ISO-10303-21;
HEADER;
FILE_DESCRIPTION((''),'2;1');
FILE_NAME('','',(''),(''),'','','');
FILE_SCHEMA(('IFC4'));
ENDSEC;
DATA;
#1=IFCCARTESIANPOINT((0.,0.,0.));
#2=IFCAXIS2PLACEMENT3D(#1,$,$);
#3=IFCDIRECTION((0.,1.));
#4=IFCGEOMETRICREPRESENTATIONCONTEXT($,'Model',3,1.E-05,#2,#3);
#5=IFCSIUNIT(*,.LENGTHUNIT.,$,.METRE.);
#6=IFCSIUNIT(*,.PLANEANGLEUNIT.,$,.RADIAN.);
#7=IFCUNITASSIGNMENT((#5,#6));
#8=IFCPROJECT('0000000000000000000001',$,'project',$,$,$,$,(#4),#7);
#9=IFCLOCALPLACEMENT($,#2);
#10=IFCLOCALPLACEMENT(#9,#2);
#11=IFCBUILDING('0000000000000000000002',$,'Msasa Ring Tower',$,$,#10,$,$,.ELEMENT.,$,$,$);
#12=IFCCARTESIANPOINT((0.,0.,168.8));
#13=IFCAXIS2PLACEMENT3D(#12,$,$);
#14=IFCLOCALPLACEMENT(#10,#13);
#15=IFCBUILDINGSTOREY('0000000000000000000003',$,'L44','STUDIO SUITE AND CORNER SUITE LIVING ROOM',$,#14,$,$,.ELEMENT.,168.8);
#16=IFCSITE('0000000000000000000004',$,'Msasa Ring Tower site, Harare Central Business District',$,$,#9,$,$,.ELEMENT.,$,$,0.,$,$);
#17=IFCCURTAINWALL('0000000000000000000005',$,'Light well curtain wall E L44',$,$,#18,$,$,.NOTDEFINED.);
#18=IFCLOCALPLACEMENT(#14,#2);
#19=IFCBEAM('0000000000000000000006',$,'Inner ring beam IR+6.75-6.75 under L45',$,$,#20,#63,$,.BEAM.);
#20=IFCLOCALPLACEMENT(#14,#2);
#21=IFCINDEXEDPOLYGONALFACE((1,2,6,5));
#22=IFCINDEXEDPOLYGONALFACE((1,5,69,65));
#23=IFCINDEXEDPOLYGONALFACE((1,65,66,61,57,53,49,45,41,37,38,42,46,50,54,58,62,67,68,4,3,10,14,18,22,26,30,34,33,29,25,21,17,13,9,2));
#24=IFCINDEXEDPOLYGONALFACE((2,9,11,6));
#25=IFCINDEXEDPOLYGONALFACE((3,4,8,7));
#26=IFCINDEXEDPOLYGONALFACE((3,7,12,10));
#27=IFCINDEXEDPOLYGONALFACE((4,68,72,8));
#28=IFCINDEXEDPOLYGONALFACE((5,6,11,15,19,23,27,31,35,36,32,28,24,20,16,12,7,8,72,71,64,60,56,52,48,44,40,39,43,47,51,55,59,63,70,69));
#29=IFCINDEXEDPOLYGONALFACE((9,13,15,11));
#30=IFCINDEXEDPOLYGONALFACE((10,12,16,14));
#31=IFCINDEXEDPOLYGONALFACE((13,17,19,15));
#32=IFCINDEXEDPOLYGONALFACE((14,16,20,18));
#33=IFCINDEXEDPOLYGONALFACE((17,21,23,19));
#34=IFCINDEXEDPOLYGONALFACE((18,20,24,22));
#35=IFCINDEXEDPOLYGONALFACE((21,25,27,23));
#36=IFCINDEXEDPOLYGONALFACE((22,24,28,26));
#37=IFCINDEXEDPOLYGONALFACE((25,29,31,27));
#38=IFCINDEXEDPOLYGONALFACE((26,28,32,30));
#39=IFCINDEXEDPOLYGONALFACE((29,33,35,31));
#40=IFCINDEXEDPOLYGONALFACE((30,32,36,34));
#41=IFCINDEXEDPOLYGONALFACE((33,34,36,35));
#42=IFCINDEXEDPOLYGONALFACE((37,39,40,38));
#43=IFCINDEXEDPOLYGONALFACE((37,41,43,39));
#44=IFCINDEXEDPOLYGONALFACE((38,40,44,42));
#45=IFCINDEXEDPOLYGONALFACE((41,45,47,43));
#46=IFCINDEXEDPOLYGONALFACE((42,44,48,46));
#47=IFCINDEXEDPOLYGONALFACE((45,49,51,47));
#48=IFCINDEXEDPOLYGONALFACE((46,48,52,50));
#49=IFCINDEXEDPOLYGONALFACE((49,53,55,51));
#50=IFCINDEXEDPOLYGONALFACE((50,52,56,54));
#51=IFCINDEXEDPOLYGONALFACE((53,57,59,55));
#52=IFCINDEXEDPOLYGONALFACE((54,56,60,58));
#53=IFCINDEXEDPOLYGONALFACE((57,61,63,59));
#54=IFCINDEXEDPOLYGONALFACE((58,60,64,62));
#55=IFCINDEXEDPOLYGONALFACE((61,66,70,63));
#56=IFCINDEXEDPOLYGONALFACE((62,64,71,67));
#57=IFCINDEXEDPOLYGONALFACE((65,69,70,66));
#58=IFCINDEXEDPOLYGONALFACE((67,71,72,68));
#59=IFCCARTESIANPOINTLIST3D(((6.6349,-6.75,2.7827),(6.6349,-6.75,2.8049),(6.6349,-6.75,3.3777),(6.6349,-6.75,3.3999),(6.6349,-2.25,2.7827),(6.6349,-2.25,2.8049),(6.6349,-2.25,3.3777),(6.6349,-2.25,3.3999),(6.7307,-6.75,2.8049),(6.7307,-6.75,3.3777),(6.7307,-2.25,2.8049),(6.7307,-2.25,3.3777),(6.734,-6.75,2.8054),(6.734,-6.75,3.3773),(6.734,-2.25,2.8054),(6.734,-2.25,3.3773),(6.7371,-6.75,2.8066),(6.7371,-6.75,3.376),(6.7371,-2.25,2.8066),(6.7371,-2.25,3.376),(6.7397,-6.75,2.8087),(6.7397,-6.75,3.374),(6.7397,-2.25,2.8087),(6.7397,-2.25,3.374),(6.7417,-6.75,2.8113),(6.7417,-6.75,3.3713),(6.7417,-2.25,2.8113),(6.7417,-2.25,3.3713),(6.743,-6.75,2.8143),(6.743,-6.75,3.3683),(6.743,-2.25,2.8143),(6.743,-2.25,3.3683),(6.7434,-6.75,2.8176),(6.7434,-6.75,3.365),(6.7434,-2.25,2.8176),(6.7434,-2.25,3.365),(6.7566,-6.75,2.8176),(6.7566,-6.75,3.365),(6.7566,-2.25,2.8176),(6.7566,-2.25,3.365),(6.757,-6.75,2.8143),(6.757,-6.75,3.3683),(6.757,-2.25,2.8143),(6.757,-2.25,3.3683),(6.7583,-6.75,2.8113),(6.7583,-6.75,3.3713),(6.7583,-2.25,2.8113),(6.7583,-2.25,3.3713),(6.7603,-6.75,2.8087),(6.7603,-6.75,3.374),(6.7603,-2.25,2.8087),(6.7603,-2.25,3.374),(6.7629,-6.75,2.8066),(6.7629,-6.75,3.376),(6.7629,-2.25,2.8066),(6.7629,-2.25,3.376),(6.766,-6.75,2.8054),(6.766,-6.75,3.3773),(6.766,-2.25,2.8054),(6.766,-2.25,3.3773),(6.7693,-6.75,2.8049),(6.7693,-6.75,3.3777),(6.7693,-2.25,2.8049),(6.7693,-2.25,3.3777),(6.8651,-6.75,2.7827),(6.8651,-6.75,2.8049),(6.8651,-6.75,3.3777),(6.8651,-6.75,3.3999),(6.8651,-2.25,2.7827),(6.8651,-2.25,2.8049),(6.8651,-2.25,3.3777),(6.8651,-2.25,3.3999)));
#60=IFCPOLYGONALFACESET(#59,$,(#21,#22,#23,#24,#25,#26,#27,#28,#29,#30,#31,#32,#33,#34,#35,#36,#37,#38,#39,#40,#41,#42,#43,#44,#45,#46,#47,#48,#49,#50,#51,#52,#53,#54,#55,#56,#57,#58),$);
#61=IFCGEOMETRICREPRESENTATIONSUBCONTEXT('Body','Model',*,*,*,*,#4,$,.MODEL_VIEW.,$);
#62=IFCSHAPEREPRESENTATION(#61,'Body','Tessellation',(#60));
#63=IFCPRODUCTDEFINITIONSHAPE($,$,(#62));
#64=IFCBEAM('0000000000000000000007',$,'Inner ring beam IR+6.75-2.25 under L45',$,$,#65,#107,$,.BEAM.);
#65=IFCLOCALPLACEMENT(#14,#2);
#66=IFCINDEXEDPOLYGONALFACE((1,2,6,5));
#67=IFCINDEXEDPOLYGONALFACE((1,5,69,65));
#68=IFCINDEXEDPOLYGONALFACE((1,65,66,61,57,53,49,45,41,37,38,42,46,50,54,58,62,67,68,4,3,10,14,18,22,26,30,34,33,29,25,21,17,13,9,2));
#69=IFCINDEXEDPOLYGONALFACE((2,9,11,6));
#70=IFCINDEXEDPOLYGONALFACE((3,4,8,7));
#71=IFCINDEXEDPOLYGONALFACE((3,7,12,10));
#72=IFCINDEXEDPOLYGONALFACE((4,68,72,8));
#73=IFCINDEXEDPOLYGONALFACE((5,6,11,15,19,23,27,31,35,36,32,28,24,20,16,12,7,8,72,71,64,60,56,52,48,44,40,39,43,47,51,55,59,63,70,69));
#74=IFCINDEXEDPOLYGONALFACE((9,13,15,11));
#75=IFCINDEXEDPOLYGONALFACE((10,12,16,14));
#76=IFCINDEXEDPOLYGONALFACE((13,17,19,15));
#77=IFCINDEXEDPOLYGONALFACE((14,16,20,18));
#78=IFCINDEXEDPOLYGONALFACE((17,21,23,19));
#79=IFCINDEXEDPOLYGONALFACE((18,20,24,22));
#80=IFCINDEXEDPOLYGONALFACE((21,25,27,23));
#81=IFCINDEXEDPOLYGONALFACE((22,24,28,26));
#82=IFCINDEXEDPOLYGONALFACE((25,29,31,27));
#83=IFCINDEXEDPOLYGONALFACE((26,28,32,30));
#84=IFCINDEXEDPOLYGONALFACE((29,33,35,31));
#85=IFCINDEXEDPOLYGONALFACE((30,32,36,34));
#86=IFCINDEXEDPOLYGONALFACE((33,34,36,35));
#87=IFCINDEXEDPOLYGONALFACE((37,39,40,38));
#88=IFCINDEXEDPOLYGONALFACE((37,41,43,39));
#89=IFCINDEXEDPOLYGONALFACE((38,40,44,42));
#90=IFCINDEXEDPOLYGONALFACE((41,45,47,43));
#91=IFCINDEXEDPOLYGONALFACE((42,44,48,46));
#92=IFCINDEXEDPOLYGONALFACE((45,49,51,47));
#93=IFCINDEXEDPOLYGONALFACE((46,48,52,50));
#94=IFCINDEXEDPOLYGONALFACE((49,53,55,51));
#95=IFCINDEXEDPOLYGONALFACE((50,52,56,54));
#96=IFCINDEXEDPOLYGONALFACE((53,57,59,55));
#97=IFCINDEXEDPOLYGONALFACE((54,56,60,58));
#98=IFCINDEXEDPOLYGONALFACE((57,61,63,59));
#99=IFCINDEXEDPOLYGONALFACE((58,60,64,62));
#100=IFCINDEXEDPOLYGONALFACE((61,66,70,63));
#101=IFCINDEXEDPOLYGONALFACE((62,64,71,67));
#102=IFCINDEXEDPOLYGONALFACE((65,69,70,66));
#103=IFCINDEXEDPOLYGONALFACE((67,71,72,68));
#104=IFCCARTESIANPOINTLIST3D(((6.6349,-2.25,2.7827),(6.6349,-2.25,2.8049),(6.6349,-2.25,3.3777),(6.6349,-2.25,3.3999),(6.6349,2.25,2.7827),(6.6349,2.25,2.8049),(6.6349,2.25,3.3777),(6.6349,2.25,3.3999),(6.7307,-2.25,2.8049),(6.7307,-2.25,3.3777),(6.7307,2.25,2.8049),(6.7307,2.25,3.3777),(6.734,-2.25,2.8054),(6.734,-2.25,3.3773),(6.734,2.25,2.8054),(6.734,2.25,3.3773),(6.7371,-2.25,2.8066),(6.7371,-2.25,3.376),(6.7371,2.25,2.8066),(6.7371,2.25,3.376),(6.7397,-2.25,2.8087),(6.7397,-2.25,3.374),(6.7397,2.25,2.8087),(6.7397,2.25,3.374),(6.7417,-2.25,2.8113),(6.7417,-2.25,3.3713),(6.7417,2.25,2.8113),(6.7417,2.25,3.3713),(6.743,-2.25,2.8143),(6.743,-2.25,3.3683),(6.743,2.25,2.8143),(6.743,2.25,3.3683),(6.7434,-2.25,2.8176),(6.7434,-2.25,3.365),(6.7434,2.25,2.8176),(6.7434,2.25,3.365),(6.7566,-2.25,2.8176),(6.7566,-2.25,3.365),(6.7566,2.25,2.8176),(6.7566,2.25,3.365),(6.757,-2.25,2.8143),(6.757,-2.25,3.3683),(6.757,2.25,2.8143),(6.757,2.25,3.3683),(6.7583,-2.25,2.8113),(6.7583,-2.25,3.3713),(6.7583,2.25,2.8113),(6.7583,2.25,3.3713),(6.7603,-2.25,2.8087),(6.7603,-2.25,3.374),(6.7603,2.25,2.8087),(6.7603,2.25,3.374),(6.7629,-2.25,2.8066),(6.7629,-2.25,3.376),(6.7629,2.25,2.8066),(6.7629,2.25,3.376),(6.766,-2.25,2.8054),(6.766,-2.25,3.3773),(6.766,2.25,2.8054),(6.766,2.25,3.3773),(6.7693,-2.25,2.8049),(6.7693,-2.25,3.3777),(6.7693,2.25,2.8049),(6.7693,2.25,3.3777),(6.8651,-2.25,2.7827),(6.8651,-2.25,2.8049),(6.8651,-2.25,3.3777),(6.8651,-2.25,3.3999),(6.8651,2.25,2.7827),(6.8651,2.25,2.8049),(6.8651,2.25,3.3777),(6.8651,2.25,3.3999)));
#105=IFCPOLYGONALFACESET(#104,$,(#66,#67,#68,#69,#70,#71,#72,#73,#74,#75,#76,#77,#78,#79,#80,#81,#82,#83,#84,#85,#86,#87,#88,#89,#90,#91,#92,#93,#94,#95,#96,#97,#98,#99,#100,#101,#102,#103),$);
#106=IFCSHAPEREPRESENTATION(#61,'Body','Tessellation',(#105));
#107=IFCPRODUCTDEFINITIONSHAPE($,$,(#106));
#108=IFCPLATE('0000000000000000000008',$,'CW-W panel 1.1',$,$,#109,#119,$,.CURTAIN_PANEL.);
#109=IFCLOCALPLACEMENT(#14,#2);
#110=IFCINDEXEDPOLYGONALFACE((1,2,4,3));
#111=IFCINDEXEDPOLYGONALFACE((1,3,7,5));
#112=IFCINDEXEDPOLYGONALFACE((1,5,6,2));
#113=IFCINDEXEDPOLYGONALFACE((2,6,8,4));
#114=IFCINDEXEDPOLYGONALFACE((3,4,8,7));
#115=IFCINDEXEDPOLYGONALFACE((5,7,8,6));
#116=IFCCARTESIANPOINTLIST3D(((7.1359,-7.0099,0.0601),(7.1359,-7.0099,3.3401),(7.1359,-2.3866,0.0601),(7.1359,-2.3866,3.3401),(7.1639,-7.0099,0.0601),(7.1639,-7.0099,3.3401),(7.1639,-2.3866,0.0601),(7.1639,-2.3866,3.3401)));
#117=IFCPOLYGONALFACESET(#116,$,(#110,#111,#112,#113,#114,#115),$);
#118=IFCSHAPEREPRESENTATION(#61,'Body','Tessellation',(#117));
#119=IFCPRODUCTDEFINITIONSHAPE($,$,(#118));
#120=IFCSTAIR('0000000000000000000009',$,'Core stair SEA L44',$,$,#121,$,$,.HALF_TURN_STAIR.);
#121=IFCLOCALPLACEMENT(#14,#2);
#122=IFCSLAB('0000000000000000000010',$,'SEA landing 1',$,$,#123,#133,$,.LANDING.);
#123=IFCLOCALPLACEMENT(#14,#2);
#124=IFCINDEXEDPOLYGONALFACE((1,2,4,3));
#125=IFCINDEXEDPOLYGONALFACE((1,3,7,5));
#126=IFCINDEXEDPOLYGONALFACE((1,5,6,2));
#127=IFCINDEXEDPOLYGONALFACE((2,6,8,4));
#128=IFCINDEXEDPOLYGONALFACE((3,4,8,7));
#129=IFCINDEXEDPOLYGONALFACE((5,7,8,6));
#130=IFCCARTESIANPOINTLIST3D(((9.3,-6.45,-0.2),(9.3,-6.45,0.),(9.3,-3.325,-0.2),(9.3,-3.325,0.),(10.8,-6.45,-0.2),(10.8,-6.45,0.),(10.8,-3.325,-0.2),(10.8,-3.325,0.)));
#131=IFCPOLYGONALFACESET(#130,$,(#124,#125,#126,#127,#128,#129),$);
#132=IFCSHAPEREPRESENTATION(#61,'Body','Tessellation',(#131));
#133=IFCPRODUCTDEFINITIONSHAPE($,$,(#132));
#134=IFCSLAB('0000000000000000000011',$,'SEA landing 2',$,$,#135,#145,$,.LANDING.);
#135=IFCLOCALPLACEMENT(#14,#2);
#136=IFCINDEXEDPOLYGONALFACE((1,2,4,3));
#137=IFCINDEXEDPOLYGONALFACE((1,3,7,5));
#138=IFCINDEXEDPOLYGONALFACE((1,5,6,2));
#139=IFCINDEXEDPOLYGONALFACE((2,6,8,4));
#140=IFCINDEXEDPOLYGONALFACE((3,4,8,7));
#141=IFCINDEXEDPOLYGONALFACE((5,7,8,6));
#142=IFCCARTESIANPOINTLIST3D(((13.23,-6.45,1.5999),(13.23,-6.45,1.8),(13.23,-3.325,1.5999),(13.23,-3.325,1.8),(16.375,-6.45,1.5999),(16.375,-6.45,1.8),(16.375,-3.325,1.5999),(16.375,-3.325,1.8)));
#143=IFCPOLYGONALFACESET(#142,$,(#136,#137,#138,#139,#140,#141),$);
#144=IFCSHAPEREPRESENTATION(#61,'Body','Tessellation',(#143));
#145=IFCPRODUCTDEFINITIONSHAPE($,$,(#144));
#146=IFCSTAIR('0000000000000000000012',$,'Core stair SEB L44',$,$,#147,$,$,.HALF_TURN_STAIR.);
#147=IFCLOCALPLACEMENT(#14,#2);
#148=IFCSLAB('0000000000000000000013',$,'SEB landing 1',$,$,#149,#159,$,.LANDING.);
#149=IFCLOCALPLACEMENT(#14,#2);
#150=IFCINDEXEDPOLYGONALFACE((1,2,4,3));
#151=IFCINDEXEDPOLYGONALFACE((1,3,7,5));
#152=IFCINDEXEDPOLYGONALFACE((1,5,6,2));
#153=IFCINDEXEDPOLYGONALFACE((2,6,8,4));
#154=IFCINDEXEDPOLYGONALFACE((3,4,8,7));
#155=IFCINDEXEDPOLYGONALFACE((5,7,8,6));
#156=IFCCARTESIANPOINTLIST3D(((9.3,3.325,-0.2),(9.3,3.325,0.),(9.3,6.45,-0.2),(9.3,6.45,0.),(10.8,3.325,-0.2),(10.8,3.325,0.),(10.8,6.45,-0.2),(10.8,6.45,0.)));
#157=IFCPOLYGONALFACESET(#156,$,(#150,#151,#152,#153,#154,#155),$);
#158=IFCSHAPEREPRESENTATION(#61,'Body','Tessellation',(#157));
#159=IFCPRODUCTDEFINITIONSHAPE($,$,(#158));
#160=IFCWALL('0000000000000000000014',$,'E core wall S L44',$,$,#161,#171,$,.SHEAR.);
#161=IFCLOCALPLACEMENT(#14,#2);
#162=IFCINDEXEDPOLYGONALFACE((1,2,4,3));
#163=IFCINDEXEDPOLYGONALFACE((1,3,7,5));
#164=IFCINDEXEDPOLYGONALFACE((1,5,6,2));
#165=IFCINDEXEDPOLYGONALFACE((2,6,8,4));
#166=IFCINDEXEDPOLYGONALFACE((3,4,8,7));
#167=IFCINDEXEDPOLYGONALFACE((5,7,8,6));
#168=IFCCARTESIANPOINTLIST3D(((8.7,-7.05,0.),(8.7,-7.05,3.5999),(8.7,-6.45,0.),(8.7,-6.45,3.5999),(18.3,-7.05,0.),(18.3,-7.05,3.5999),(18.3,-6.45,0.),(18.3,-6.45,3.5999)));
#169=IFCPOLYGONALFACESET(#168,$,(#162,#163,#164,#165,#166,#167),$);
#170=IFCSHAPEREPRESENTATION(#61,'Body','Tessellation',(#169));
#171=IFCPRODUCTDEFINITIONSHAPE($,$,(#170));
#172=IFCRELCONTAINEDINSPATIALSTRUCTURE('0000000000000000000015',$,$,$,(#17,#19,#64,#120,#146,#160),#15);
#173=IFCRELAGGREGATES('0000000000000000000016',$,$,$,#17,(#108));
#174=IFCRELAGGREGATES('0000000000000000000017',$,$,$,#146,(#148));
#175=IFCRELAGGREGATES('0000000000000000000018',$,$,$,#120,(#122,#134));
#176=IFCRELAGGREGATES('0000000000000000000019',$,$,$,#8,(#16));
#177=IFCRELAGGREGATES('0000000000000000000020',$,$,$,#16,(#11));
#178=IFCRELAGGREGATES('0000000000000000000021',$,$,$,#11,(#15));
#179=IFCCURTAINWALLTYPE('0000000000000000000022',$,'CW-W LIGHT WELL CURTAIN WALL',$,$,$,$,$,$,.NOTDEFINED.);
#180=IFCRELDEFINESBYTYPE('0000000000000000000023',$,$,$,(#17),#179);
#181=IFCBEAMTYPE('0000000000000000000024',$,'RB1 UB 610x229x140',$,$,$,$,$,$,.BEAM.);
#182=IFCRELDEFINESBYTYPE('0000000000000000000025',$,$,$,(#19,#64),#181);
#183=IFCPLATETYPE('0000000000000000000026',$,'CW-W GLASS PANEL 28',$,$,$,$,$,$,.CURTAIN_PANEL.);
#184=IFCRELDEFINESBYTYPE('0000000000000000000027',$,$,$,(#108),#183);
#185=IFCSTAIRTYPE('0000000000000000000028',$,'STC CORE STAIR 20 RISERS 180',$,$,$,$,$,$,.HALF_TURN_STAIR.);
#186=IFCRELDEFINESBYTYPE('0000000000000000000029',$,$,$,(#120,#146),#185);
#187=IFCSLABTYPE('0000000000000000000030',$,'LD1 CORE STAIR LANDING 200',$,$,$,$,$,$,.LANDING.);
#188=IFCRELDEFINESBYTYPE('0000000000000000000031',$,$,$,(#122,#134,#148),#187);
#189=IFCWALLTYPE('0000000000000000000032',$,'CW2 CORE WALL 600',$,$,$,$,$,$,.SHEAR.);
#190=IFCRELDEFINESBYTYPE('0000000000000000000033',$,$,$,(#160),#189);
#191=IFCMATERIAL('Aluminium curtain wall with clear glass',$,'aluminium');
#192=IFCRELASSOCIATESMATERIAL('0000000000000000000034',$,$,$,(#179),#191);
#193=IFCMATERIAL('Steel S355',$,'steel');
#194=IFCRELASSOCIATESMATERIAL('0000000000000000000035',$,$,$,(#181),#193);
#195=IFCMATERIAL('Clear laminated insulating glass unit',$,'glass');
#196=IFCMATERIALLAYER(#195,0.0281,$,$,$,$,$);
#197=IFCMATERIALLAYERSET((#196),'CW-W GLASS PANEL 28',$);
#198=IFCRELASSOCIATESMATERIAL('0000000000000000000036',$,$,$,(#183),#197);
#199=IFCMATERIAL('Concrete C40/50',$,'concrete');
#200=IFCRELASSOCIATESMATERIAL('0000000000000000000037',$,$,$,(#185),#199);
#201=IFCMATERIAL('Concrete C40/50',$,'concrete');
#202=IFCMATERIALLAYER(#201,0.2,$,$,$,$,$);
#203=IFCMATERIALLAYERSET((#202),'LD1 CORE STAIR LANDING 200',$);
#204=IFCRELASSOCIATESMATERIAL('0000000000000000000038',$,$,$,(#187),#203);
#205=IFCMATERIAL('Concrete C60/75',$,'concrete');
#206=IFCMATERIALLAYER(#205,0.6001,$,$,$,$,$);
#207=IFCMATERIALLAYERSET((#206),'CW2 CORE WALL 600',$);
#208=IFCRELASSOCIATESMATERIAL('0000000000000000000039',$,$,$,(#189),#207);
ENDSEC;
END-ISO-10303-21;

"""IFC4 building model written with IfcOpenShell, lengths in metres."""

from ifc_helpers import new_model, si_unit, direction, frame, frame_2d, origin, origin_2d, place, context, subcontext, project, spatial, polyline, rectangle, i_section, outline, extrude, material, layer, layer_set, material_profile, profile_set, type_object, element, aggregate, save


model = new_model("IFC4")

# Units and contexts
model_context = context("Model", 3, precision=1e-05, world=origin(), true_north=direction((0.0, 1.0)))
body_context = subcontext(model_context, "Body", "Model", "MODEL_VIEW")
ifc_project = project(units=[si_unit("LENGTHUNIT", "METRE"), si_unit("PLANEANGLEUNIT", "RADIAN")], contexts=[model_context])

# Site, building, storey
site_placement = place(None, origin())
site = spatial("IfcSite", under=ifc_project, at=site_placement, Name="Msasa Ring Tower site, Harare Central Business District", CompositionType="ELEMENT", RefElevation=0.0)
building_placement = place(site_placement, origin())
building = spatial("IfcBuilding", under=site, at=building_placement, Name="Msasa Ring Tower", CompositionType="ELEMENT")
storey_placement = place(building_placement, frame((0.0, 0.0, 168.8)))
storey = spatial("IfcBuildingStorey", under=building, at=storey_placement, Name="L44", Description="STUDIO SUITE AND CORNER SUITE LIVING ROOM", CompositionType="ELEMENT", Elevation=168.8)

# Shared definitions
ifc_material_1 = material(Name="Aluminium curtain wall with clear glass", Category="aluminium")
curtain_wall_type = type_object("IfcCurtainWallType", Name="CW-W LIGHT WELL CURTAIN WALL", PredefinedType="NOTDEFINED", material=ifc_material_1)

# Curtain wall
curtain_wall_1_placement = place(storey_placement, origin())
curtain_wall_1 = element("IfcCurtainWall", 1, at=curtain_wall_1_placement, inside=storey, type_object=curtain_wall_type, Name="Light well curtain wall E L44", PredefinedType="NOTDEFINED")

# Beams
ifc_material_2 = material(Name="Steel S355", Category="steel")
ifc_material_profile_1 = material_profile(ifc_material_2, i_section(OverallWidth=0.2302, OverallDepth=0.6172, WebThickness=0.0132, FlangeThickness=0.0222, FilletRadius=0.0127, at=origin_2d()), Name="UB 610x229x140")
ifc_profile_set_1 = profile_set([ifc_material_profile_1], Name="Steel S355")
beam_type = type_object("IfcBeamType", Name="RB1 UB 610x229x140", PredefinedType="BEAM", material=ifc_profile_set_1)
for number, where, z_axis, x_axis, name in (
    (2, (6.75, -6.75, 3.0913), (0.0, 1.0, 0.0), (-1.0, 0.0, 0.0), "Inner ring beam IR+6.75-6.75 under L45"),
    (3, (6.75, -2.25, 3.0913), (0.0, 1.0, 0.0), (-1.0, 0.0, 0.0), "Inner ring beam IR+6.75-2.25 under L45"),
):
    element("IfcBeam", number, at=place(storey_placement, frame(where, z_axis=z_axis, x_axis=x_axis)), inside=storey, type_object=beam_type, Name=name, PredefinedType="BEAM", context=body_context, shape_type="SweptSolid", body=[
        extrude(i_section(OverallWidth=0.2302, OverallDepth=0.6172, WebThickness=0.0132, FlangeThickness=0.0222, FilletRadius=0.0127, at=origin_2d()), origin(), (0.0, 0.0, 1.0), 4.5),
    ])

# Plate
ifc_material_3 = material(Name="Clear laminated insulating glass unit", Category="glass")
ifc_layer_1 = layer(ifc_material_3, 0.0281)
ifc_layer_set_1 = layer_set([ifc_layer_1], Name="CW-W GLASS PANEL 28")
plate_type = type_object("IfcPlateType", Name="CW-W GLASS PANEL 28", PredefinedType="CURTAIN_PANEL", material=ifc_layer_set_1)
plate_placement = place(storey_placement, frame((7.1499, -4.6982, 0.0601), z_axis=(0.0, 0.0, 1.0), x_axis=(0.0, 1.0, 0.0)))
plate = element("IfcPlate", 4, at=plate_placement, type_object=plate_type, Name="CW-W panel 1.1", PredefinedType="CURTAIN_PANEL", context=body_context, shape_type="SweptSolid", body=[
    extrude(rectangle(XDim=4.6233, YDim=0.0281, at=origin_2d()), origin(), (0.0, 0.0, 1.0), 3.28),
])
aggregate(curtain_wall_1, [plate])

# Stair, slabs
ifc_material_4 = material(Name="Concrete C40/50", Category="concrete")
stair_type = type_object("IfcStairType", Name="STC CORE STAIR 20 RISERS 180", PredefinedType="HALF_TURN_STAIR", material=ifc_material_4)
stair_1_placement = place(storey_placement, origin())
stair_1 = element("IfcStair", 5, at=stair_1_placement, inside=storey, type_object=stair_type, Name="Core stair SEA L44", PredefinedType="HALF_TURN_STAIR")
ifc_material_5 = material(Name="Concrete C40/50", Category="concrete")
ifc_layer_2 = layer(ifc_material_5, 0.2)
ifc_layer_set_2 = layer_set([ifc_layer_2], Name="LD1 CORE STAIR LANDING 200")
slab_type = type_object("IfcSlabType", Name="LD1 CORE STAIR LANDING 200", PredefinedType="LANDING", material=ifc_layer_set_2)
slab_1_placement = place(storey_placement, frame((0.0, 0.0, -0.2)))
slab_1 = element("IfcSlab", 6, at=slab_1_placement, type_object=slab_type, Name="SEA landing 1", PredefinedType="LANDING", context=body_context, shape_type="SweptSolid", body=[
    extrude(outline(polyline([(9.3, -6.45), (10.8, -6.45), (10.8, -3.325), (9.3, -3.325), (9.3, -6.45)])), origin(), (0.0, 0.0, 1.0), 0.2),
])
slab_2_placement = place(storey_placement, frame((0.0, 0.0, 1.5999)))
slab_2 = element("IfcSlab", 7, at=slab_2_placement, type_object=slab_type, Name="SEA landing 2", PredefinedType="LANDING", context=body_context, shape_type="SweptSolid", body=[
    extrude(outline(polyline([(13.23, -6.45), (16.375, -6.45), (16.375, -3.325), (13.23, -3.325), (13.23, -6.45)])), origin(), (0.0, 0.0, 1.0), 0.2002),
])

# Stair, slab
stair_2_placement = place(storey_placement, origin())
stair_2 = element("IfcStair", 8, at=stair_2_placement, inside=storey, type_object=stair_type, Name="Core stair SEB L44", PredefinedType="HALF_TURN_STAIR")
slab_3_placement = place(storey_placement, frame((0.0, 0.0, -0.2)))
slab_3 = element("IfcSlab", 9, at=slab_3_placement, type_object=slab_type, Name="SEB landing 1", PredefinedType="LANDING", context=body_context, shape_type="SweptSolid", body=[
    extrude(outline(polyline([(9.3, 3.325), (10.8, 3.325), (10.8, 6.45), (9.3, 6.45), (9.3, 3.325)])), origin(), (0.0, 0.0, 1.0), 0.2),
])
aggregate(stair_2, [slab_3])

# Wall
ifc_material_6 = material(Name="Concrete C60/75", Category="concrete")
ifc_layer_3 = layer(ifc_material_6, 0.6001)
ifc_layer_set_3 = layer_set([ifc_layer_3], Name="CW2 CORE WALL 600")
wall_type_1 = type_object("IfcWallType", Name="CW2 CORE WALL 600", PredefinedType="SHEAR", material=ifc_layer_set_3)
wall_1_placement = place(storey_placement, frame((8.7, -6.75, 0.0), z_axis=(0.0, 0.0, 1.0), x_axis=(1.0, 0.0, 0.0)))
element("IfcWall", 10, at=wall_1_placement, inside=storey, type_object=wall_type_1, Name="E core wall S L44", PredefinedType="SHEAR", context=body_context, shape_type="SweptSolid", body=[
    extrude(rectangle(XDim=9.6001, YDim=0.6001, at=frame_2d((4.8, 0.0))), origin(), (0.0, 0.0, 1.0), 3.5999),
])

aggregate(stair_1, [slab_1, slab_2])

save(model, "model.ifc")
